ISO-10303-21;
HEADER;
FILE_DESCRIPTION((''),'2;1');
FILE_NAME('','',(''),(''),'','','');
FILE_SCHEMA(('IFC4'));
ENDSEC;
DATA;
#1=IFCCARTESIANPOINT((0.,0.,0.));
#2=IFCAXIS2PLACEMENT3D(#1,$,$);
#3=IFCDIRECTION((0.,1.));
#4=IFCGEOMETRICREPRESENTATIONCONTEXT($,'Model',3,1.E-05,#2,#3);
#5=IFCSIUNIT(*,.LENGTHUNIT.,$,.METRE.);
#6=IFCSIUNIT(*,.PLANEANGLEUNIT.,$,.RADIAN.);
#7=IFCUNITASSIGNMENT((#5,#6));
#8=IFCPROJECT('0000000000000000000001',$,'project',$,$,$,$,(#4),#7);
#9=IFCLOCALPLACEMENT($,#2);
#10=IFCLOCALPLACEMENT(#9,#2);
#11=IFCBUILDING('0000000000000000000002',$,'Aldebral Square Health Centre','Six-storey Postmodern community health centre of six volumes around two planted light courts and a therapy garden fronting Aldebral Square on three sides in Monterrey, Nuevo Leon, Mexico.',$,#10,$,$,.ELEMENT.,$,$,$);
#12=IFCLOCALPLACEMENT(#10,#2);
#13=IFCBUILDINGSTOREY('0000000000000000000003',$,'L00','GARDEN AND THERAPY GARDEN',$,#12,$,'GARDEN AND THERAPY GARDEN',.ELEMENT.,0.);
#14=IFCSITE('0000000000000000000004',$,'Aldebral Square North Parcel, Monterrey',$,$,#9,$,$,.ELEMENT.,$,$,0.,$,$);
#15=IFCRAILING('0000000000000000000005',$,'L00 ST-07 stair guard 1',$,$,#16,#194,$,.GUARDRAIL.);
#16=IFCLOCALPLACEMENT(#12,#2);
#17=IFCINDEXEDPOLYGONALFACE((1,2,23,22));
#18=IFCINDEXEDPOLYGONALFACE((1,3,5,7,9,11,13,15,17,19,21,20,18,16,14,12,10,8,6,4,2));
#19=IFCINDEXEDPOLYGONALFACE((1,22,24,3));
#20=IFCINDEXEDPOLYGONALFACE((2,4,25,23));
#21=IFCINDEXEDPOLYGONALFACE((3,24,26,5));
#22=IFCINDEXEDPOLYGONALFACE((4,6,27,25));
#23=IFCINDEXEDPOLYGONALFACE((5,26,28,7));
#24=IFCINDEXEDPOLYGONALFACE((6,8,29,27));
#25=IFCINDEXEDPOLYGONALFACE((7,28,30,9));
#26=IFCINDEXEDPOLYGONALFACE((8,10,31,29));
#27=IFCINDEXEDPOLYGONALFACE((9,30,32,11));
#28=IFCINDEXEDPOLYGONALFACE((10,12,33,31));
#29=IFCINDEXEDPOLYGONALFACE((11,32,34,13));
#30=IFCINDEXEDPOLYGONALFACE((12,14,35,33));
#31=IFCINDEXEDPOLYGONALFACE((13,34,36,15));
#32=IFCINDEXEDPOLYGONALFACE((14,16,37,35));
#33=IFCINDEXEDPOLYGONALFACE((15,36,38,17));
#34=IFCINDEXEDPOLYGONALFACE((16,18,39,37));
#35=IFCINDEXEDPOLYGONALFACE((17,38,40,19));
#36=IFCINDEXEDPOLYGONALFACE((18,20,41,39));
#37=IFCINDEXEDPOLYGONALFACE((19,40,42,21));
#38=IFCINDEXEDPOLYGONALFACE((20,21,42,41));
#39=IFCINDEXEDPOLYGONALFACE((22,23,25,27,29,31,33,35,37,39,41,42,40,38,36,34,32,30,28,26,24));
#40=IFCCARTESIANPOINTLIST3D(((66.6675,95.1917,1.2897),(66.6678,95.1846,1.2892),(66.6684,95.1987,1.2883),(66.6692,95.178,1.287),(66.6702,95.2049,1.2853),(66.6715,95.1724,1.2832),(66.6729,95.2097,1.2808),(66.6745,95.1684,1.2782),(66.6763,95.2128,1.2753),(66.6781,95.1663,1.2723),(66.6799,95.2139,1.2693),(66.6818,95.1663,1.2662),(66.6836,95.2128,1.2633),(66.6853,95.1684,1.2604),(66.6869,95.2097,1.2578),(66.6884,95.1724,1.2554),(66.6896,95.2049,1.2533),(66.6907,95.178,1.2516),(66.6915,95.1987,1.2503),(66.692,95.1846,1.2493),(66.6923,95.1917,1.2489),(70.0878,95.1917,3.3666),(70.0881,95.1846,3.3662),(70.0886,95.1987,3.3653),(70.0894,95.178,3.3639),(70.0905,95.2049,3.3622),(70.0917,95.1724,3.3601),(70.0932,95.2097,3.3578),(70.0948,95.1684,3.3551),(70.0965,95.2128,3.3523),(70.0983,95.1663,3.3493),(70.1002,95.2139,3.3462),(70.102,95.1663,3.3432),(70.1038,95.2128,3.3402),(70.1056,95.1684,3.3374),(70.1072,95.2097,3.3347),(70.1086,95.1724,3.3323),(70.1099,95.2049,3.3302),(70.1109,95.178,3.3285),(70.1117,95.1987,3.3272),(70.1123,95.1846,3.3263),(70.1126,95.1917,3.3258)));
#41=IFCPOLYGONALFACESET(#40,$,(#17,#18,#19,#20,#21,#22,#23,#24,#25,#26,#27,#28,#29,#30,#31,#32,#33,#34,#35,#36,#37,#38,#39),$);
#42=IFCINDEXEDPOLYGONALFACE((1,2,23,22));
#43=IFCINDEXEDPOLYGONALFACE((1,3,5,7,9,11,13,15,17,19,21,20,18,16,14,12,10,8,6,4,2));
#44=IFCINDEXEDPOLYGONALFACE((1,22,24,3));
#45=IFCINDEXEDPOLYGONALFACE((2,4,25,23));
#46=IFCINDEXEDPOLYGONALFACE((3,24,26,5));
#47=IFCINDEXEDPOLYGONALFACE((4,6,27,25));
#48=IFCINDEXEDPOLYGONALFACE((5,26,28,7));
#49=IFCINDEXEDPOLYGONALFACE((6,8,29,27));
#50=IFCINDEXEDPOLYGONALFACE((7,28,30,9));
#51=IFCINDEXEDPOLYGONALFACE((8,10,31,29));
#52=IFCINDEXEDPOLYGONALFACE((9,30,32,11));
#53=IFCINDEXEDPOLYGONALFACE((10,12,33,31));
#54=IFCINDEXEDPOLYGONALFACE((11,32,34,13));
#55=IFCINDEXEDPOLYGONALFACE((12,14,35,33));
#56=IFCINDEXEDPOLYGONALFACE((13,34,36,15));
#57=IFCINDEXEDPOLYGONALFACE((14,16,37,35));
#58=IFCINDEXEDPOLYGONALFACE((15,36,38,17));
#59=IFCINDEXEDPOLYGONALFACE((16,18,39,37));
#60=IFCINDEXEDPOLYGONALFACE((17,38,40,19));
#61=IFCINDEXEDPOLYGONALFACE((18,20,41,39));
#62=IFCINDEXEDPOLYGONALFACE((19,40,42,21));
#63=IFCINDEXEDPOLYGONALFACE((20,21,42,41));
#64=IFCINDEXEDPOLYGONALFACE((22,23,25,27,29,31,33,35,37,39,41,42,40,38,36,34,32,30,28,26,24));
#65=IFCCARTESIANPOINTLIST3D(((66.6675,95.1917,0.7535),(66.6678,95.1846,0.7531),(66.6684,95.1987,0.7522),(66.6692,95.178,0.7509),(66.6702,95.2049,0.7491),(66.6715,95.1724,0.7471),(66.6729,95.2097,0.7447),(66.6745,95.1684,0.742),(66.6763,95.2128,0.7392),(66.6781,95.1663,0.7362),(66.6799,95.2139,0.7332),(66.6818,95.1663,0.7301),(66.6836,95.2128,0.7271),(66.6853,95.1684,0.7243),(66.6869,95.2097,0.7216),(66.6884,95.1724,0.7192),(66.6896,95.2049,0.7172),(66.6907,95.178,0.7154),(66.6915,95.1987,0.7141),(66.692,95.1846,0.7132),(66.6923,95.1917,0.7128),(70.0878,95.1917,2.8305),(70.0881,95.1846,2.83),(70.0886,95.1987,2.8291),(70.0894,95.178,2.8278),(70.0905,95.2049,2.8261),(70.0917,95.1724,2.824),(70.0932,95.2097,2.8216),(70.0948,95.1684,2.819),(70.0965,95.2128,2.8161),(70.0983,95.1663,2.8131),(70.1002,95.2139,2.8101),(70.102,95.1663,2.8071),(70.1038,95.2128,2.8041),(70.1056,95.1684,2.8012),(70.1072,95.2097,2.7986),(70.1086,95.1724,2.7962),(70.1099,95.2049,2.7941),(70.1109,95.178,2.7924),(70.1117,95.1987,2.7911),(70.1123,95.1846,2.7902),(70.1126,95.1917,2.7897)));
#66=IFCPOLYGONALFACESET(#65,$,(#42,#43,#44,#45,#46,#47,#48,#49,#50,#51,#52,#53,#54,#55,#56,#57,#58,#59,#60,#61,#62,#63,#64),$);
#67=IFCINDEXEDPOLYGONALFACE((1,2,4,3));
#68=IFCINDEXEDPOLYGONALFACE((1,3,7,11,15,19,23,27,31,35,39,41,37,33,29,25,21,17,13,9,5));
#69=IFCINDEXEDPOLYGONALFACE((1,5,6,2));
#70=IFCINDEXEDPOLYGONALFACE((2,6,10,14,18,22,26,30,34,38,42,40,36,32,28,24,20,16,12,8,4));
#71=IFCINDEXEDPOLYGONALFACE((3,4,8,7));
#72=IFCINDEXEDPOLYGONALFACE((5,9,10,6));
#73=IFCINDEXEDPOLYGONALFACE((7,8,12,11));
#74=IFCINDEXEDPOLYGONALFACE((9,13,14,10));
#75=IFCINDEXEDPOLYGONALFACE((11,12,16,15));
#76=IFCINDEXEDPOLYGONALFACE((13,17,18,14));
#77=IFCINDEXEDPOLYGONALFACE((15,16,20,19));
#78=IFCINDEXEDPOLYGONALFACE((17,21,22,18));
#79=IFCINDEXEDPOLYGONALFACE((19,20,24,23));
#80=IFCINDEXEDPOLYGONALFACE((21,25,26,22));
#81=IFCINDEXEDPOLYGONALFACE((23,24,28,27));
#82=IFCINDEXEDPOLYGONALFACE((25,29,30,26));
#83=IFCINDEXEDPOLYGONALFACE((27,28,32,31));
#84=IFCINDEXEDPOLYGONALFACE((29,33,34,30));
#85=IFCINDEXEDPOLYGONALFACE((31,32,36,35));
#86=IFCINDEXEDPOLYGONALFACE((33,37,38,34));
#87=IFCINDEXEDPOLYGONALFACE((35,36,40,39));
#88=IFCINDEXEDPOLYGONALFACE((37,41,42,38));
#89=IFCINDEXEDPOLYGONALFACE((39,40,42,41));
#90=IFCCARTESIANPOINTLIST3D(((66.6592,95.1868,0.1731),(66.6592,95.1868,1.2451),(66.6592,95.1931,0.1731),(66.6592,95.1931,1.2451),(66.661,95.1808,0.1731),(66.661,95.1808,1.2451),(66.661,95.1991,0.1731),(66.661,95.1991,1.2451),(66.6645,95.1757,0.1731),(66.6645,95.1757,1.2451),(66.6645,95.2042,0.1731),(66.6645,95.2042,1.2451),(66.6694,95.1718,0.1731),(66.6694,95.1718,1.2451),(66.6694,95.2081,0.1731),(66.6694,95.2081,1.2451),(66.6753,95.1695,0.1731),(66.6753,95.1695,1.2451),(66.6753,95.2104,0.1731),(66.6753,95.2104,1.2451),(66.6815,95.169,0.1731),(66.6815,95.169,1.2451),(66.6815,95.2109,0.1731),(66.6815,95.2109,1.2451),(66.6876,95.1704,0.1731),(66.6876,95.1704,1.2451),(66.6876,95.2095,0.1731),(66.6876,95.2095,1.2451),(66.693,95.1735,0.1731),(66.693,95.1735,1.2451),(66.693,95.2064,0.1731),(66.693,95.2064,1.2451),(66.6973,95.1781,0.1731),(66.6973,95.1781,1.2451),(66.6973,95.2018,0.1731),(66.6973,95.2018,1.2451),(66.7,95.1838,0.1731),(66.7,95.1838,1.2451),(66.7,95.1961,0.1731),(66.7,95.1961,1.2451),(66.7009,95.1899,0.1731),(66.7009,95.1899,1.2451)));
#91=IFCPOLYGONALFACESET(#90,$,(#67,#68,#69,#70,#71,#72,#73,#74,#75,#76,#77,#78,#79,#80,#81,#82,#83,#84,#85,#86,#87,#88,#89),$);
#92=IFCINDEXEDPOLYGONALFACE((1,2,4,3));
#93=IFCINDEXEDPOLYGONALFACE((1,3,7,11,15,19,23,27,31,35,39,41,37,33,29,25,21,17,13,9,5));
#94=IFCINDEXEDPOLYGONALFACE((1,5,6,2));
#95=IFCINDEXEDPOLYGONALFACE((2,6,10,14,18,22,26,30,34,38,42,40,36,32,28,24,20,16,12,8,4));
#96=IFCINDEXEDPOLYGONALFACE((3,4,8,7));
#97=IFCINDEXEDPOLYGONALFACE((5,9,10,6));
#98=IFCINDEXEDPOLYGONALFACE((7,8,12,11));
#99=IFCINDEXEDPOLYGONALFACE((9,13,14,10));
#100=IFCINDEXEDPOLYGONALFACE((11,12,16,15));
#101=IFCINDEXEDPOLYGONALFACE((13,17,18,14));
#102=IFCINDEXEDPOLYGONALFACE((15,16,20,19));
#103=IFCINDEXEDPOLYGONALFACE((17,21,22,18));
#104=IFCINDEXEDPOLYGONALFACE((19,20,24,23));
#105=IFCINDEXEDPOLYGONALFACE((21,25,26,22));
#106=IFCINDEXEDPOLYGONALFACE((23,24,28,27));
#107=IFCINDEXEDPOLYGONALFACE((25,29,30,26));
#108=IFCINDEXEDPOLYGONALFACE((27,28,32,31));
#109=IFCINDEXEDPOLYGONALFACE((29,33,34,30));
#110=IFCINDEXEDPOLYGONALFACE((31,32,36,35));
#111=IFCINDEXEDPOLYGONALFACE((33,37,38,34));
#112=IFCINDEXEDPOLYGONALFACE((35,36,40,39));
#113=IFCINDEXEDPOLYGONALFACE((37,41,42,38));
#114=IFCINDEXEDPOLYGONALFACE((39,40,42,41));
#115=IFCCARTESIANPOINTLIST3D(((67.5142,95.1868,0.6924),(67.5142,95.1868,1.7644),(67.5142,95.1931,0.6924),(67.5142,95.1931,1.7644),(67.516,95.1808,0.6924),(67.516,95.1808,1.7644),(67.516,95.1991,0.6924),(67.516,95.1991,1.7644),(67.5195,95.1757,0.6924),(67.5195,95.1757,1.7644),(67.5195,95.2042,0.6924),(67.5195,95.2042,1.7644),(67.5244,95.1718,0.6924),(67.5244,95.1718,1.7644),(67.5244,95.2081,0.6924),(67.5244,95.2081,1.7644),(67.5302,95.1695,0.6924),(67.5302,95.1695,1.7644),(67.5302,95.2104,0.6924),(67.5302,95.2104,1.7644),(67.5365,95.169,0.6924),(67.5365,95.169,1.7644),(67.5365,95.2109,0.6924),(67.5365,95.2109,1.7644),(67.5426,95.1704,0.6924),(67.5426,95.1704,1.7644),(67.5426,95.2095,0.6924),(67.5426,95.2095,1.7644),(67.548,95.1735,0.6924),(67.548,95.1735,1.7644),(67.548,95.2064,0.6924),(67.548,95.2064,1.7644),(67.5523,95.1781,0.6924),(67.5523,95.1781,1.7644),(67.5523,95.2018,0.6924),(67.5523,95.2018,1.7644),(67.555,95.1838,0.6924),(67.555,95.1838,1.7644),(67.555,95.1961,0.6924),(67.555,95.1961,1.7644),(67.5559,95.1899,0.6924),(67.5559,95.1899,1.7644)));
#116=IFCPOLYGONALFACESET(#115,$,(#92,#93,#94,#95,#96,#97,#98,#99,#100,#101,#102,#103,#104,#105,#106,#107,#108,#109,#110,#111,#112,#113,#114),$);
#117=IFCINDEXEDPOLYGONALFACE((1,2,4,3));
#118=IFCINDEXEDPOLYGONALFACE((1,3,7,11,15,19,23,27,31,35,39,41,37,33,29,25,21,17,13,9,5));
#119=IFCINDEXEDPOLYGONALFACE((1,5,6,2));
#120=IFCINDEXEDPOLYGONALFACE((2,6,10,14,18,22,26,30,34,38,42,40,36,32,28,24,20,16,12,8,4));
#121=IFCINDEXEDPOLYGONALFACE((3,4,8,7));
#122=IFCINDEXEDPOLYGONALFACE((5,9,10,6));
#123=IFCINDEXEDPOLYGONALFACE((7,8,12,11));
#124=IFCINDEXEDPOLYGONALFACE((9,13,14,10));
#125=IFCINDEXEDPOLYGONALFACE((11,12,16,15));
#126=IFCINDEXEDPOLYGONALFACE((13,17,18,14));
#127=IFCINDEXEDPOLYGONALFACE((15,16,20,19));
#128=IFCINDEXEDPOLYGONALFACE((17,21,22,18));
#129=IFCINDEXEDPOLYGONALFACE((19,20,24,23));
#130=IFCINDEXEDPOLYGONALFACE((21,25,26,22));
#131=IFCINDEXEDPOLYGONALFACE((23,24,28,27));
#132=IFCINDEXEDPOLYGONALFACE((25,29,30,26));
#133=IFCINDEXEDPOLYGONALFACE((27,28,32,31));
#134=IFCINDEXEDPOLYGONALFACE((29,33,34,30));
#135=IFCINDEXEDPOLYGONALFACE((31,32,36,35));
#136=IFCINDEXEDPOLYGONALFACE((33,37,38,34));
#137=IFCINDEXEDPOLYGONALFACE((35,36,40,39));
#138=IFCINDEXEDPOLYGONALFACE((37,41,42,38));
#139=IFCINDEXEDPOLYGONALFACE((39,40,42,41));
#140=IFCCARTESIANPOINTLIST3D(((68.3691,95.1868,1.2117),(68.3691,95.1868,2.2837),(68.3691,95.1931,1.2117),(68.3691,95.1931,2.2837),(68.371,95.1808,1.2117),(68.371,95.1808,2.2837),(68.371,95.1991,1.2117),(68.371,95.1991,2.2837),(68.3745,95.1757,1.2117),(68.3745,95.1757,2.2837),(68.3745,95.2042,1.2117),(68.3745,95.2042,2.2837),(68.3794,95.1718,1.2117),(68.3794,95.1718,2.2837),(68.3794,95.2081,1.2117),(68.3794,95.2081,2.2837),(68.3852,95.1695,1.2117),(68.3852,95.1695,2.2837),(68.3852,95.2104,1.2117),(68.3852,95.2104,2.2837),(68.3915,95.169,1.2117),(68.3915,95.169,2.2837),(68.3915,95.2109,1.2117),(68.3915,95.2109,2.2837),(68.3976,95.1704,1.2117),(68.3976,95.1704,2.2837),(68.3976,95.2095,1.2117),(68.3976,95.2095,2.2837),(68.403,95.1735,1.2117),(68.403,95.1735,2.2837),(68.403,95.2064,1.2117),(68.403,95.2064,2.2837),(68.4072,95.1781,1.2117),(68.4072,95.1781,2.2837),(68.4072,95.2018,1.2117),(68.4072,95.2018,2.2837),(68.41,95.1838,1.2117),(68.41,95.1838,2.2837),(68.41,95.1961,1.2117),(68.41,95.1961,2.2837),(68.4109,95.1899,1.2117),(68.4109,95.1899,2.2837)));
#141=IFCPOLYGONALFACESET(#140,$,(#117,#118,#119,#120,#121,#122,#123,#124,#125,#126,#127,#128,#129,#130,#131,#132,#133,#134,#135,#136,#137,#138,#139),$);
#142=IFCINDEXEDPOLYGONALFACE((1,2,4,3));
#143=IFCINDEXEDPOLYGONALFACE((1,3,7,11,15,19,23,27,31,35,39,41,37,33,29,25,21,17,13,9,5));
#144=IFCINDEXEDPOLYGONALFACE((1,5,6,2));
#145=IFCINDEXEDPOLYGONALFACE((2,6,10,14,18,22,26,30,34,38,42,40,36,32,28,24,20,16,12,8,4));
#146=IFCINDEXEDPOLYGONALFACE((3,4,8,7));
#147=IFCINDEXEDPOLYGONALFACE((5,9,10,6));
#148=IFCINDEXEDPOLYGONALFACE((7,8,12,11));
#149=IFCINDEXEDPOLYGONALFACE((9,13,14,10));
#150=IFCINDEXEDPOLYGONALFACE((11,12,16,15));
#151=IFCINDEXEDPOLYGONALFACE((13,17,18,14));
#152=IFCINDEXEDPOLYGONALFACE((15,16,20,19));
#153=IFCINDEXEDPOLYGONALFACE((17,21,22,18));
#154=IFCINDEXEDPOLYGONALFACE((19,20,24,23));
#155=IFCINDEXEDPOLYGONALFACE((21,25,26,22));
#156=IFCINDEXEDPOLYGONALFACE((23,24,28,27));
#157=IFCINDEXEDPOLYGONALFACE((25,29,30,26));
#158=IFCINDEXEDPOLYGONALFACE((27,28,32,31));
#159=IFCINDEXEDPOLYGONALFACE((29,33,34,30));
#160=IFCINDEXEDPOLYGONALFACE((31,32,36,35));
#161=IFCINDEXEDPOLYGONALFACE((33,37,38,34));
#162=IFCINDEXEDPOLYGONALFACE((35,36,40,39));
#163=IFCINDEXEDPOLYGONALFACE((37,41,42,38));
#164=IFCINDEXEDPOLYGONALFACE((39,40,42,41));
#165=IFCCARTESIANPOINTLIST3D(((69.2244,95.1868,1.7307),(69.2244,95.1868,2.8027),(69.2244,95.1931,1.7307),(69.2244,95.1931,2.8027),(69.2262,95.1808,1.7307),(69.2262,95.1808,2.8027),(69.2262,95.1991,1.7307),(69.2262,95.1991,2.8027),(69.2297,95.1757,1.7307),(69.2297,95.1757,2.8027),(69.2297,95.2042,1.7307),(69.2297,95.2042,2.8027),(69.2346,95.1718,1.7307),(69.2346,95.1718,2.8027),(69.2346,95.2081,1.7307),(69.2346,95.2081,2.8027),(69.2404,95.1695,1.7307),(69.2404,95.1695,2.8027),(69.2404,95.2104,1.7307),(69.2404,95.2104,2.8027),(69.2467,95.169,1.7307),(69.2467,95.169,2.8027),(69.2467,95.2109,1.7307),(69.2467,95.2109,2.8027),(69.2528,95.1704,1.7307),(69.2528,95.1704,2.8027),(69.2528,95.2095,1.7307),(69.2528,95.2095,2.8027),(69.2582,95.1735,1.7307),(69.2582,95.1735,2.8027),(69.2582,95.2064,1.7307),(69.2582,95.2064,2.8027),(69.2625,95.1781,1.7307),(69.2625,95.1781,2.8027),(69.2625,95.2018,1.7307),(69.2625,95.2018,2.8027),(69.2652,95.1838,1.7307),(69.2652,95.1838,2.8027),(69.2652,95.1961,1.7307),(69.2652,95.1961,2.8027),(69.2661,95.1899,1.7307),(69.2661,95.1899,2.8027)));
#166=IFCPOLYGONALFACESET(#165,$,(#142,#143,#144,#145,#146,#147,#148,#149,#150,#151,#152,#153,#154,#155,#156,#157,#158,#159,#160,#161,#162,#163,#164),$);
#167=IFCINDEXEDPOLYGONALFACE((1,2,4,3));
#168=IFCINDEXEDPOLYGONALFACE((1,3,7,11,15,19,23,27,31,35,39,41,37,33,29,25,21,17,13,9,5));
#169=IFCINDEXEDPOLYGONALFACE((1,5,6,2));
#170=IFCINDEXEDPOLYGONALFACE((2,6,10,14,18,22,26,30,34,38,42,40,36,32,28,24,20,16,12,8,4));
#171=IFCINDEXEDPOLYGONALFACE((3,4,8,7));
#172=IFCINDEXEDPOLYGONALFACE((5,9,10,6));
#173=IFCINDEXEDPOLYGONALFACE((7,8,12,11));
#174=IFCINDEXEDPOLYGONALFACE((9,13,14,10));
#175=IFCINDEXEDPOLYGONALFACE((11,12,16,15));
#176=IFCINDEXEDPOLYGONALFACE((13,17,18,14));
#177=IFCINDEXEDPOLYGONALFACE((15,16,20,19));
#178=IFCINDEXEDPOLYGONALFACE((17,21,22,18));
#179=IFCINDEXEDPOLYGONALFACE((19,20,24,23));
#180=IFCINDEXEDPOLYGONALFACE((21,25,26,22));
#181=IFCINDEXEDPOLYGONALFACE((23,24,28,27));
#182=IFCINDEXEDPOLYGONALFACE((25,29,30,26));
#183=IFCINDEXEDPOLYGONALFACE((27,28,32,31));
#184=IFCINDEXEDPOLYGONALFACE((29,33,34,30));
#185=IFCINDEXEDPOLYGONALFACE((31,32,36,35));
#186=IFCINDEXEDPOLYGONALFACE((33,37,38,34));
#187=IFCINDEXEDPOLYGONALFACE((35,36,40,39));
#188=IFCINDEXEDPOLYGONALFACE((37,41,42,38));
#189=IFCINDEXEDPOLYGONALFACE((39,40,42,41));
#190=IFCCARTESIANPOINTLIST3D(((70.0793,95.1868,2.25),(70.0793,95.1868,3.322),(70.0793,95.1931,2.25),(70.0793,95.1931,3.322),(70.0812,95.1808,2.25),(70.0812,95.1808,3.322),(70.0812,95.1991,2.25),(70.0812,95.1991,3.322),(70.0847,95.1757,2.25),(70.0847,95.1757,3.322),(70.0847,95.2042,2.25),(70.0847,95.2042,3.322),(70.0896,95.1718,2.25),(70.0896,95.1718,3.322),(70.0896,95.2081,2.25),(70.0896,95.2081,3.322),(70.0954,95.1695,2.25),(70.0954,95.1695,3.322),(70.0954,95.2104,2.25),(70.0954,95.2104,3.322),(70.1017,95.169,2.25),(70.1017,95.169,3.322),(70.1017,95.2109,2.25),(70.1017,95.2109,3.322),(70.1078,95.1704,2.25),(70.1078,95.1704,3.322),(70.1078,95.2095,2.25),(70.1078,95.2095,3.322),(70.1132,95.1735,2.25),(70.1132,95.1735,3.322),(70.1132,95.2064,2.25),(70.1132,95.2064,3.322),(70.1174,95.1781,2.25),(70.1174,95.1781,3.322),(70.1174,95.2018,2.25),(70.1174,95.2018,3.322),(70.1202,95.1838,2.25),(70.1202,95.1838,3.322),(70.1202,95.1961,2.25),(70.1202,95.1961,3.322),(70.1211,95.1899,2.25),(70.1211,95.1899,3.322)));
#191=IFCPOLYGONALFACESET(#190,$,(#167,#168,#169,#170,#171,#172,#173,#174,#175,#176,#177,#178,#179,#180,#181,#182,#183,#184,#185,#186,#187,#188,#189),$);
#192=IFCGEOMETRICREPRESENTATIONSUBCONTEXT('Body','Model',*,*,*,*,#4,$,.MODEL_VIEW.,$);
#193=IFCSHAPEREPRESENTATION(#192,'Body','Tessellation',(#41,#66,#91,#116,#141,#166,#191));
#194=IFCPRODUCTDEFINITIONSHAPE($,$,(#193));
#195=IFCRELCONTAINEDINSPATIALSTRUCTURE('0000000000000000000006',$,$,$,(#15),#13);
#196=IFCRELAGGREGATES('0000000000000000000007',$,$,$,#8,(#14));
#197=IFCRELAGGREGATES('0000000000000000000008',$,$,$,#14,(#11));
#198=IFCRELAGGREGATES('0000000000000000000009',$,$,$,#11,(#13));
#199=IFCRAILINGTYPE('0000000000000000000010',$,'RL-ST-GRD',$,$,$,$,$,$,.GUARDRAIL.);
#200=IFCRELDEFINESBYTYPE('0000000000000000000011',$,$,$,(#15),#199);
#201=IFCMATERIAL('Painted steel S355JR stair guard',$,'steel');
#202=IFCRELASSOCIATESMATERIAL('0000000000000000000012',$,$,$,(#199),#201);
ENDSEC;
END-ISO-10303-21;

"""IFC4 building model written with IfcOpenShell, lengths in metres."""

from ifc_helpers import new_model, si_unit, direction, frame, origin, origin_2d, place, context, subcontext, project, spatial, circle, extrude, material, type_object, element, save


model = new_model("IFC4")

# Units and contexts
model_context = context("Model", 3, precision=1e-05, world=origin(), true_north=direction((0.0, 1.0)))
body_context = subcontext(model_context, "Body", "Model", "MODEL_VIEW")
ifc_project = project(units=[si_unit("LENGTHUNIT", "METRE"), si_unit("PLANEANGLEUNIT", "RADIAN")], contexts=[model_context])

# Site, building, storey
site_placement = place(None, origin())
site = spatial("IfcSite", under=ifc_project, at=site_placement, Name="Aldebral Square North Parcel, Monterrey", CompositionType="ELEMENT", RefElevation=0.0)
building_placement = place(site_placement, origin())
building = spatial("IfcBuilding", under=site, at=building_placement, Name="Aldebral Square Health Centre", Description="Six-storey Postmodern community health centre of six volumes around two planted light courts and a therapy garden fronting Aldebral Square on three sides in Monterrey, Nuevo Leon, Mexico.", CompositionType="ELEMENT")
storey_placement = place(building_placement, origin())
storey = spatial("IfcBuildingStorey", under=building, at=storey_placement, Name="L00", Description="GARDEN AND THERAPY GARDEN", LongName="GARDEN AND THERAPY GARDEN", CompositionType="ELEMENT", Elevation=0.0)

# Railing
ifc_material_1 = material(Name="Painted steel S355JR stair guard", Category="steel")
railing_type_1 = type_object("IfcRailingType", Name="RL-ST-GRD", PredefinedType="GUARDRAIL", material=ifc_material_1)
railing_1_placement = place(storey_placement, frame((66.6799, 95.1899, 0.1731)))
element("IfcRailing", 1, at=railing_1_placement, inside=storey, type_object=railing_type_1, Name="L00 ST-07 stair guard 1", PredefinedType="GUARDRAIL", context=body_context, shape_type="SweptSolid", body=[
    extrude(circle(Radius=0.0239, at=origin_2d()), frame((0.0, 0.0, 1.0962), z_axis=(0.854746, 0.0, 0.519047), x_axis=(0.0, 1.0, 0.0)), (0.0, 0.0, 1.0), 4.0015),
    extrude(circle(Radius=0.0239, at=origin_2d()), frame((0.0, 0.0, 0.5601), z_axis=(0.854746, 0.0, 0.519047), x_axis=(0.0, 1.0, 0.0)), (0.0, 0.0, 1.0), 4.0015),
    extrude(circle(Radius=0.021, at=origin_2d()), origin(), (0.0, 0.0, 1.0), 1.072),
    extrude(circle(Radius=0.021, at=origin_2d()), frame((0.855, 0.0, 0.5193)), (0.0, 0.0, 1.0), 1.072),
    extrude(circle(Radius=0.021, at=origin_2d()), frame((1.71, 0.0, 1.0386)), (0.0, 0.0, 1.0), 1.072),
    extrude(circle(Radius=0.021, at=origin_2d()), frame((2.5652, 0.0, 1.5576)), (0.0, 0.0, 1.0), 1.072),
    extrude(circle(Radius=0.021, at=origin_2d()), frame((3.4202, 0.0, 2.0769)), (0.0, 0.0, 1.0), 1.072),
])

save(model, "model.ifc")
